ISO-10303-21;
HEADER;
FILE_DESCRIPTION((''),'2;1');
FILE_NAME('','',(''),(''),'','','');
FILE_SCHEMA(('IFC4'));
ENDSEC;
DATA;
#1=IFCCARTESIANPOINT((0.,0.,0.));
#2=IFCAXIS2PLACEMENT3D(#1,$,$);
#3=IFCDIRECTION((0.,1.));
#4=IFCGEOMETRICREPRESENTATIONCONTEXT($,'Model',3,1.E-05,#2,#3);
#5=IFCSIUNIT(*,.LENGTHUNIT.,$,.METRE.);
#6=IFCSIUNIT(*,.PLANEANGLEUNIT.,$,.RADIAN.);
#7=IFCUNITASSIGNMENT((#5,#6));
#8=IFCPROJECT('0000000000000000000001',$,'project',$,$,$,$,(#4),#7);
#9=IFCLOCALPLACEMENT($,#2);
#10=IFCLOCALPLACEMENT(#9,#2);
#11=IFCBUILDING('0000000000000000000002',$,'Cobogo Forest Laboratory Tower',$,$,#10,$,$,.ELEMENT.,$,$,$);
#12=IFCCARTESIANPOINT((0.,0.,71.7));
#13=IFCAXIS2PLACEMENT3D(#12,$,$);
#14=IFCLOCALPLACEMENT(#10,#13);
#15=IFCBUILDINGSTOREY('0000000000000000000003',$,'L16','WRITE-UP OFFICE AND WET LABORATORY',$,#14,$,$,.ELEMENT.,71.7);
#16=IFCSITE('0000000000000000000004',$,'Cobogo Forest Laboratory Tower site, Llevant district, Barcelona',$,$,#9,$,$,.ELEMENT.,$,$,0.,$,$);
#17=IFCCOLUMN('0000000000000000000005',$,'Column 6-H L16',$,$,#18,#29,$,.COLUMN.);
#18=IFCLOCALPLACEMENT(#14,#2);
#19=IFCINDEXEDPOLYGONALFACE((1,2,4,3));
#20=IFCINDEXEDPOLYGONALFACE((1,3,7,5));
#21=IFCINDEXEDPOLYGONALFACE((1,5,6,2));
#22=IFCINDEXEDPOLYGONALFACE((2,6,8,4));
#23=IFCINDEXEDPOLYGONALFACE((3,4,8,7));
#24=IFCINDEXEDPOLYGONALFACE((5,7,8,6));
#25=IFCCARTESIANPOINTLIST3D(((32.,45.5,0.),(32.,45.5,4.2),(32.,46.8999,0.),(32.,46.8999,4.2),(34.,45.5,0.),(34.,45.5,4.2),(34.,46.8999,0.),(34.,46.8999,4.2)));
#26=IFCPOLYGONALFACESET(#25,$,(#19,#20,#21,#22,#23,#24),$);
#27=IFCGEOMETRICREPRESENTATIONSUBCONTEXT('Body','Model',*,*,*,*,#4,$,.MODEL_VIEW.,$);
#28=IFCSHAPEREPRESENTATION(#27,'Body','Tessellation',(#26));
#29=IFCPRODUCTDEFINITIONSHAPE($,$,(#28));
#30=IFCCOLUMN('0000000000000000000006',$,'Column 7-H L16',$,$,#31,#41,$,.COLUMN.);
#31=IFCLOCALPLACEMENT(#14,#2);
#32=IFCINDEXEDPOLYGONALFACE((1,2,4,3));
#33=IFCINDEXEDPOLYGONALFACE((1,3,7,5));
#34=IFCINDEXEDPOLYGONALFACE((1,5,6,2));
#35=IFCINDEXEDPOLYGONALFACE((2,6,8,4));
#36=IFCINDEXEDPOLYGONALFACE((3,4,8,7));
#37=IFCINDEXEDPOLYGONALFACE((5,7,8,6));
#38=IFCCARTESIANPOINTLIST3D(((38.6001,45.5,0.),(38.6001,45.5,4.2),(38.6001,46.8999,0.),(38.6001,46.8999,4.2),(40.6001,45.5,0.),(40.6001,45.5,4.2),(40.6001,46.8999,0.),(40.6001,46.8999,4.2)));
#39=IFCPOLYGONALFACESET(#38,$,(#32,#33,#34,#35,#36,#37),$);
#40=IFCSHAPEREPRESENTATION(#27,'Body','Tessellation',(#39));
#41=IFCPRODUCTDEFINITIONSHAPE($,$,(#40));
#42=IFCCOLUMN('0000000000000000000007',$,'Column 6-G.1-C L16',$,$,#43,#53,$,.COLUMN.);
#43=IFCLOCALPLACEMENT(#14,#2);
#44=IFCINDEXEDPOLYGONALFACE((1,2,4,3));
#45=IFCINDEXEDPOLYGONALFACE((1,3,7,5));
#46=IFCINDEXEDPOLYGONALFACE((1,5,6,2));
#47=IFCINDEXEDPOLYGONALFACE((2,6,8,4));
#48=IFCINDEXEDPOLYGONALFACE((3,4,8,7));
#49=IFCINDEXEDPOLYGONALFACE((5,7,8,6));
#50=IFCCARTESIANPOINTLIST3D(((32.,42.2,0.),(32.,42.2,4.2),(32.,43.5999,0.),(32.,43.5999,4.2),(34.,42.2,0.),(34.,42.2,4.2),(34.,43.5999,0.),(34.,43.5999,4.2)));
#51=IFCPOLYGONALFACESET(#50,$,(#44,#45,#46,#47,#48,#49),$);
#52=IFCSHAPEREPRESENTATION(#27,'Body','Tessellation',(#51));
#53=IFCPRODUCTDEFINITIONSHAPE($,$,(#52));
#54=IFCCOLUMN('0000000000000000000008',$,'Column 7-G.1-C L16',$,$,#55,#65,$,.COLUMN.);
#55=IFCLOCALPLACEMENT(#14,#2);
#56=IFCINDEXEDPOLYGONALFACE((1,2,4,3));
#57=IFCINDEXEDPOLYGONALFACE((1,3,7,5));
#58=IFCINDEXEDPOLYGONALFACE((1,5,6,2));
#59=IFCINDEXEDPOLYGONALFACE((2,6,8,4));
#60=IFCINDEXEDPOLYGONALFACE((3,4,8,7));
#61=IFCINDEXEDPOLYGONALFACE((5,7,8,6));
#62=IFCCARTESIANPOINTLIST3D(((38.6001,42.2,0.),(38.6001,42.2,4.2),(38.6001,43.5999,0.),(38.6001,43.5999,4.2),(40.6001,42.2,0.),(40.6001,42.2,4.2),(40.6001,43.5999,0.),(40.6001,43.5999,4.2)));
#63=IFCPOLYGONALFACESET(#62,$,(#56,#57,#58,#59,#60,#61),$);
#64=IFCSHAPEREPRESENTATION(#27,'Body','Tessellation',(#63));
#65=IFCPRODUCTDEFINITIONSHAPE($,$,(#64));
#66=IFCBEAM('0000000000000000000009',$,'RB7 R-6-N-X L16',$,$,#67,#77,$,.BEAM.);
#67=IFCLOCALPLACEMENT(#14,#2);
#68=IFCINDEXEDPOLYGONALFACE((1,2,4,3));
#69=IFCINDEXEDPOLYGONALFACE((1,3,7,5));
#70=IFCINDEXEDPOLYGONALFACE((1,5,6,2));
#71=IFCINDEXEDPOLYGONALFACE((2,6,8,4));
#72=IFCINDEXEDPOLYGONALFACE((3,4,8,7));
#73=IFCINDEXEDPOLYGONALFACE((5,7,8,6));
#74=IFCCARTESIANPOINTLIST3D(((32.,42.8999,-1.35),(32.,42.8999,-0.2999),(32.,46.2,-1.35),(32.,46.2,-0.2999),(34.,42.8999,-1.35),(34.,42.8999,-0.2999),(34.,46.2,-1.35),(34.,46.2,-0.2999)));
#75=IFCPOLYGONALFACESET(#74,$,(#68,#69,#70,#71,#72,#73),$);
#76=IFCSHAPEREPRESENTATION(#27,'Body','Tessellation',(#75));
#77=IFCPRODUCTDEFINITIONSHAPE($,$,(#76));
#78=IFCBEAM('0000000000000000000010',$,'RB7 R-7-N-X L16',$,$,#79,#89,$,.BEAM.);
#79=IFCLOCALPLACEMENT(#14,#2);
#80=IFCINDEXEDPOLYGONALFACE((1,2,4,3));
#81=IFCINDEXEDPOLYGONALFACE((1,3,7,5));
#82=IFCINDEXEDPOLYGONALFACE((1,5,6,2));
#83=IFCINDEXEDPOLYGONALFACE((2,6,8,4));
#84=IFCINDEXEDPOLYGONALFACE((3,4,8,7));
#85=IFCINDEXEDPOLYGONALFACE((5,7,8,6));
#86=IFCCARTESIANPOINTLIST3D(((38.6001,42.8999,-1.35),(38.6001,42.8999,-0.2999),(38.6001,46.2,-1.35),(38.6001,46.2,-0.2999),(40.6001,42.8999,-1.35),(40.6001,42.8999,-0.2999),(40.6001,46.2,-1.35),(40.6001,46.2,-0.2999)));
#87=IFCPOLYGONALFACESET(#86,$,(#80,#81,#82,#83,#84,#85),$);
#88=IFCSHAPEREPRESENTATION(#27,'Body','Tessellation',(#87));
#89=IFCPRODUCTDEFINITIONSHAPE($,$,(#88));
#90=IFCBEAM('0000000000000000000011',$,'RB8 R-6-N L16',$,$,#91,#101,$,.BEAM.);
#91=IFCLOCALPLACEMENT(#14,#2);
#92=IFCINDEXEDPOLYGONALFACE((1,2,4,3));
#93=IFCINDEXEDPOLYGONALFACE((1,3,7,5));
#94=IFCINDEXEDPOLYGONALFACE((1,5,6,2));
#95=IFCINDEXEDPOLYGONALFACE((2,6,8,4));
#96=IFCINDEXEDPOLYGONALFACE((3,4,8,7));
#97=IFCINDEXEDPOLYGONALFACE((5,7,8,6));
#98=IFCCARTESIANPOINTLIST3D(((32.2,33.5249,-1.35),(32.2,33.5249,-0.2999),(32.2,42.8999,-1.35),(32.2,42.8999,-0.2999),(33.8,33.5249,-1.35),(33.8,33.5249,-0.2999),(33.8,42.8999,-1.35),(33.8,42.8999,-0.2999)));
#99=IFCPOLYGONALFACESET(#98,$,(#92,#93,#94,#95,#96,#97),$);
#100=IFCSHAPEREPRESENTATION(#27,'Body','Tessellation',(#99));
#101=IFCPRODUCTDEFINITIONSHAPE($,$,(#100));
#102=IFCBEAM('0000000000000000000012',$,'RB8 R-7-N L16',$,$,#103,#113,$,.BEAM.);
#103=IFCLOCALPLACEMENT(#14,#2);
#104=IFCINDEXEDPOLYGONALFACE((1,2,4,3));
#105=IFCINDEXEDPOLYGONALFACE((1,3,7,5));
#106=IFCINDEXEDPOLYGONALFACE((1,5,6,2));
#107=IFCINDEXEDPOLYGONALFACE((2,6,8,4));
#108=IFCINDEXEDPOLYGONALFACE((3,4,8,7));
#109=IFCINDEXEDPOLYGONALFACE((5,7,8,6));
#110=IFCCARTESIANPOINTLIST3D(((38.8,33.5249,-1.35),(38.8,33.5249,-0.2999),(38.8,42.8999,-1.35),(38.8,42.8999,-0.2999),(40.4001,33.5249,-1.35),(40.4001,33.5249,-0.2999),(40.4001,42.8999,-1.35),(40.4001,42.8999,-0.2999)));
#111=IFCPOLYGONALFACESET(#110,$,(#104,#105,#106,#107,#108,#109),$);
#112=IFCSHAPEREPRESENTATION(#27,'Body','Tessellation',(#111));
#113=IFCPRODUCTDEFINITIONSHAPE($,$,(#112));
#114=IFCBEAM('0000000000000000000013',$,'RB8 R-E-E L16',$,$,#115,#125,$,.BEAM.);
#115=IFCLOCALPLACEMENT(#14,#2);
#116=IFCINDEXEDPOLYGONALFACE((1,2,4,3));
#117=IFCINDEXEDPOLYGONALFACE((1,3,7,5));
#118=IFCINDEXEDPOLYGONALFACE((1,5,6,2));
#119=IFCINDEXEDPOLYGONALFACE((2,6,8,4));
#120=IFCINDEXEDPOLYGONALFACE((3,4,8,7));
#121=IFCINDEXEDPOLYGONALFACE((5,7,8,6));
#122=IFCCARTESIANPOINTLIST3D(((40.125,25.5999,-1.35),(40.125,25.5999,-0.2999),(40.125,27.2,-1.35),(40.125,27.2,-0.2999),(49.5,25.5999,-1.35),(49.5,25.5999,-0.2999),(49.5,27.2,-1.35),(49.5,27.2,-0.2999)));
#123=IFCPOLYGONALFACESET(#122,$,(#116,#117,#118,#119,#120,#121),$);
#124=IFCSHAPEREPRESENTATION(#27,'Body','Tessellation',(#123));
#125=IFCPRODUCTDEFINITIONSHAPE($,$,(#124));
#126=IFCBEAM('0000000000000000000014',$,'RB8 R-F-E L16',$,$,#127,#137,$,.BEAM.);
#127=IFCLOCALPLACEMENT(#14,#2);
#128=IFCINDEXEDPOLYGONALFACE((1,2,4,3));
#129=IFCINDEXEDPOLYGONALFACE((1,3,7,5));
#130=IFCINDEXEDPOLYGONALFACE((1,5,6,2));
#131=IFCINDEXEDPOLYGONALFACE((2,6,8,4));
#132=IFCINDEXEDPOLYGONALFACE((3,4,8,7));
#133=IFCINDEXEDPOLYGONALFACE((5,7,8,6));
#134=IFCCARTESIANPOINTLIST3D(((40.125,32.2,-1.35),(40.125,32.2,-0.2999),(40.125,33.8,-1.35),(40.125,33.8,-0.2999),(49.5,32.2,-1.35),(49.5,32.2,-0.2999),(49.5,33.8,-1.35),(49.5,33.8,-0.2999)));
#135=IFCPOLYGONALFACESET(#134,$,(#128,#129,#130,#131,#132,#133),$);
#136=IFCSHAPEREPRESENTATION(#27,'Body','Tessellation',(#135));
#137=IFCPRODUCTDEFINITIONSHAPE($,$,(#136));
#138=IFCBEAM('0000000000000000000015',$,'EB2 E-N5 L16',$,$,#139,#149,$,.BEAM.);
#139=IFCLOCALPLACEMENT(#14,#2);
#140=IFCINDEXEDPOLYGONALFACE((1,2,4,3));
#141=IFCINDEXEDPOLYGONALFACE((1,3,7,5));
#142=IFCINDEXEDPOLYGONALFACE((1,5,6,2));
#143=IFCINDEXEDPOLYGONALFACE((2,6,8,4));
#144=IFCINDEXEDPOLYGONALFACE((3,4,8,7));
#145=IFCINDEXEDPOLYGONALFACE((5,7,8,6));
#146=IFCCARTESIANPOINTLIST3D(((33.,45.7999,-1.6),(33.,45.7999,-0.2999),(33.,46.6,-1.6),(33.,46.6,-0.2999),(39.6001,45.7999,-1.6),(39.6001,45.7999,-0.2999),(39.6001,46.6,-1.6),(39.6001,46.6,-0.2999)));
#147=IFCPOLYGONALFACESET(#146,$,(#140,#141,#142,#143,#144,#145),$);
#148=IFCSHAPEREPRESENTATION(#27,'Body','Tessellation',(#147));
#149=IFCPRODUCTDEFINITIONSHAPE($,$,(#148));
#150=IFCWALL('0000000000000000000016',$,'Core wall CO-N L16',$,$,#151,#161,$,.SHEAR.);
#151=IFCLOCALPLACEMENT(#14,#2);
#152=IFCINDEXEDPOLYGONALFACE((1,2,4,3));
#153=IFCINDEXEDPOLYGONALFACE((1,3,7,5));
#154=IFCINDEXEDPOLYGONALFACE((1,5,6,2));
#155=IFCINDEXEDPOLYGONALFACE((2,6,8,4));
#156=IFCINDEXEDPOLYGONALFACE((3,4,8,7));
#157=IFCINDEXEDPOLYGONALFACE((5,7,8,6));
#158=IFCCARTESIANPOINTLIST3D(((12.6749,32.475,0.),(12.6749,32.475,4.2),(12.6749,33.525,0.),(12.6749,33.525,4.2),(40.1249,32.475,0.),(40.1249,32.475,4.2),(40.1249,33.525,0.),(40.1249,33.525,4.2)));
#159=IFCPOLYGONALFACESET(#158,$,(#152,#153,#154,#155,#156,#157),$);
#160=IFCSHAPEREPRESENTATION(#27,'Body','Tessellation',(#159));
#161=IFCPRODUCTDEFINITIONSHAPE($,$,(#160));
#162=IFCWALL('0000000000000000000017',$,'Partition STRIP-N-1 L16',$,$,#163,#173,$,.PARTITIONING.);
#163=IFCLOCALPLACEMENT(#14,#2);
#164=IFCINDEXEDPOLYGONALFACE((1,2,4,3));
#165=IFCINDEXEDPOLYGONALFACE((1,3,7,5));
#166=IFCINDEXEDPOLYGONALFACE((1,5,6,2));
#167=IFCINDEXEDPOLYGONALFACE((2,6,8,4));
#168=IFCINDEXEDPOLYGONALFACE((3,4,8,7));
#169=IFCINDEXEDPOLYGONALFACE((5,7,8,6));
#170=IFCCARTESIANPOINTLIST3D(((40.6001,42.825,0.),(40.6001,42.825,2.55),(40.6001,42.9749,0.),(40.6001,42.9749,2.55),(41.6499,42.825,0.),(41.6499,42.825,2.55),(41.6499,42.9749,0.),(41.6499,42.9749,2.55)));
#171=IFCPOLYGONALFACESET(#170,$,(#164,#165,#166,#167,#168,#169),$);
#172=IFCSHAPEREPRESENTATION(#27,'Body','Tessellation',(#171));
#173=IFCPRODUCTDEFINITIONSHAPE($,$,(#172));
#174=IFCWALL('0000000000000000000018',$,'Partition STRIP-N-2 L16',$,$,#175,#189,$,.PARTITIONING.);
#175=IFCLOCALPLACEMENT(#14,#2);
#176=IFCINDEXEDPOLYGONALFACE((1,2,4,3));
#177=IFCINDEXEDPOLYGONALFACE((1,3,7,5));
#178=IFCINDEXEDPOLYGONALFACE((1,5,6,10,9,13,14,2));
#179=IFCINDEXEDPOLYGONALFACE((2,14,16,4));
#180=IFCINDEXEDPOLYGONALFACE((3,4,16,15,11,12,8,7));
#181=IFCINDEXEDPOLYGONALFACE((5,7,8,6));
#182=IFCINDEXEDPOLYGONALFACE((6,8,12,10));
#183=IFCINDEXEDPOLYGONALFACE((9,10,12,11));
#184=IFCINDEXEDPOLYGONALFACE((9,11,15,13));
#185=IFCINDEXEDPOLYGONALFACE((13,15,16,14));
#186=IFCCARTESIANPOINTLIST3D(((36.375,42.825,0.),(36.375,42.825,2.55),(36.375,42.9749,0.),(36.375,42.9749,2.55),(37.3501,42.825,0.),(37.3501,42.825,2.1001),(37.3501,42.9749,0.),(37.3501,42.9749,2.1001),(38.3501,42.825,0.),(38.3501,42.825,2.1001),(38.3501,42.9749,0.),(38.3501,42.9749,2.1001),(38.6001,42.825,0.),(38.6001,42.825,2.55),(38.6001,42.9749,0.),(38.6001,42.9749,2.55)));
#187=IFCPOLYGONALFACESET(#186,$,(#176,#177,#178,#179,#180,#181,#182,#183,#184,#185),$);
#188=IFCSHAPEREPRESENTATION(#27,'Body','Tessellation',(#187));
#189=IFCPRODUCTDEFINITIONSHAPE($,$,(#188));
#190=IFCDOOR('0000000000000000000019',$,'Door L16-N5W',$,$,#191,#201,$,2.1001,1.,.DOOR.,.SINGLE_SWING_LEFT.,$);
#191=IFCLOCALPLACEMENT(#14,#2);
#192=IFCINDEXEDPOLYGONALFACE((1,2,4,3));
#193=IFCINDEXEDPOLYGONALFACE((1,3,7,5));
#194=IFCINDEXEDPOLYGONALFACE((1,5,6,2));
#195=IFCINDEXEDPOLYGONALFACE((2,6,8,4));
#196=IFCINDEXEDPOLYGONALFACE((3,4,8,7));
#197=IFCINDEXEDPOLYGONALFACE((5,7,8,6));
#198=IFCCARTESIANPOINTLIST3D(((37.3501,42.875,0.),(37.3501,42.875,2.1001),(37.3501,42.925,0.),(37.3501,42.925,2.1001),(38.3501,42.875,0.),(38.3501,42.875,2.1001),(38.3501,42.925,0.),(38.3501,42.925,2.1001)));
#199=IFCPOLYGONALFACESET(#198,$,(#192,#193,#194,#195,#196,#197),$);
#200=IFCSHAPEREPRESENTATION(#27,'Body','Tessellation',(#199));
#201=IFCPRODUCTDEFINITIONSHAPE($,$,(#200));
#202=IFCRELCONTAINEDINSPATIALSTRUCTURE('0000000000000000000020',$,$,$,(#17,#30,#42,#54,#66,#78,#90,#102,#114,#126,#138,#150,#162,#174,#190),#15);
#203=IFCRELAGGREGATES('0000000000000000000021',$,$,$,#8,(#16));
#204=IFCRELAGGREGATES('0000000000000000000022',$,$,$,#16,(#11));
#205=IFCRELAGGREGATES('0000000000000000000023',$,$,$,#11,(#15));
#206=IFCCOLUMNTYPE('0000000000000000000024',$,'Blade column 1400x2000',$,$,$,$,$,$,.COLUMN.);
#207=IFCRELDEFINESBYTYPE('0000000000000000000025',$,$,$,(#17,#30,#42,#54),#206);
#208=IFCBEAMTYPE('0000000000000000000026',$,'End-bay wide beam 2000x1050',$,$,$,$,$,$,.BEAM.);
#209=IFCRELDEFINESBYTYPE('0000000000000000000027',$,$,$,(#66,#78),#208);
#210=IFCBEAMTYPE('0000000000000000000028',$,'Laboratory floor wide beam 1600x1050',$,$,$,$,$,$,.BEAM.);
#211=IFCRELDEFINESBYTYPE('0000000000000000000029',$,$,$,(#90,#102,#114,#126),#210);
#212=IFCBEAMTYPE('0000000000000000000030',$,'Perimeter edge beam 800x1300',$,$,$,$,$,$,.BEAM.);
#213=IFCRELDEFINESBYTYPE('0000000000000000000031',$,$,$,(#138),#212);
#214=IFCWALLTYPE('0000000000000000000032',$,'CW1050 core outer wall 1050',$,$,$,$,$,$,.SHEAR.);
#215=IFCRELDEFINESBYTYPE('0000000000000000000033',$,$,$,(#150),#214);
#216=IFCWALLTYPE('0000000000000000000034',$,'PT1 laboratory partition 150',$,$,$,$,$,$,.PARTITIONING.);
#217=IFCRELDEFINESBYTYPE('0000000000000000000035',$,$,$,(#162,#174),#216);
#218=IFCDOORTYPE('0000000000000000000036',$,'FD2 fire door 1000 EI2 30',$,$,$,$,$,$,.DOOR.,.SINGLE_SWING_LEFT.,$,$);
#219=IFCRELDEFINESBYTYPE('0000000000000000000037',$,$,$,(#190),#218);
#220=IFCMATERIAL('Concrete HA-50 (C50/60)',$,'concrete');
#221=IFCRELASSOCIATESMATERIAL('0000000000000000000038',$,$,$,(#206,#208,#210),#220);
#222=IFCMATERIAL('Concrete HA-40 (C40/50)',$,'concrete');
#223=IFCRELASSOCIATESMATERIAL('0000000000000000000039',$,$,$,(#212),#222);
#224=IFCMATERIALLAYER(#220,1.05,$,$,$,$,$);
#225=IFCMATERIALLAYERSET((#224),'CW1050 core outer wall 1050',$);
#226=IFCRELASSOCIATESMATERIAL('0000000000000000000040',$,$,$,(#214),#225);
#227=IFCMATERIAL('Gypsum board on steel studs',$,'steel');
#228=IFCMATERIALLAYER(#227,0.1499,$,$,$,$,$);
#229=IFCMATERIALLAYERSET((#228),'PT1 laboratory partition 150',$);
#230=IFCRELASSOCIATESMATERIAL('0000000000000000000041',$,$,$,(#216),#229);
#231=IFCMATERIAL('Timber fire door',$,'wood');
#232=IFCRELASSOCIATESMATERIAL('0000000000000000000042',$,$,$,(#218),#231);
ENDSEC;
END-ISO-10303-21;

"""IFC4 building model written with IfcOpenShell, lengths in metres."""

from ifc_helpers import new_model, si_unit, direction, frame, frame_2d, origin, origin_2d, place, context, subcontext, project, spatial, rectangle, extrude, material, layer, layer_set, material_profile, profile_set, type_object, element, fill, save


model = new_model("IFC4")

# Units and contexts
model_context = context("Model", 3, precision=1e-05, world=origin(), true_north=direction((0.0, 1.0)))
body_context = subcontext(model_context, "Body", "Model", "MODEL_VIEW")
ifc_project = project(units=[si_unit("LENGTHUNIT", "METRE"), si_unit("PLANEANGLEUNIT", "RADIAN")], contexts=[model_context])

# Site, building, storey
site_placement = place(None, origin())
site = spatial("IfcSite", under=ifc_project, at=site_placement, Name="Cobogo Forest Laboratory Tower site, Llevant district, Barcelona", CompositionType="ELEMENT", RefElevation=0.0)
building_placement = place(site_placement, origin())
building = spatial("IfcBuilding", under=site, at=building_placement, Name="Cobogo Forest Laboratory Tower", CompositionType="ELEMENT")
storey_placement = place(building_placement, frame((0.0, 0.0, 71.7)))
storey = spatial("IfcBuildingStorey", under=building, at=storey_placement, Name="L16", Description="WRITE-UP OFFICE AND WET LABORATORY", CompositionType="ELEMENT", Elevation=71.7)

# Columns
ifc_material_1 = material(Name="Concrete HA-50 (C50/60)", Category="concrete")
ifc_material_profile_1 = material_profile(ifc_material_1, rectangle(XDim=2.0, YDim=1.3999, at=origin_2d()), Name="RC 1400x2000")
ifc_profile_set_1 = profile_set([ifc_material_profile_1], Name="Concrete HA-50 (C50/60)")
column_type = type_object("IfcColumnType", Name="Blade column 1400x2000", PredefinedType="COLUMN", material=ifc_profile_set_1)
for number, where, z_axis, x_axis, name in (
    (1, (33.0, 46.2, 0.0), (0.0, 0.0, 1.0), (1.0, 0.0, 0.0), "Column 6-H L16"),
    (2, (39.6001, 46.2, 0.0), (0.0, 0.0, 1.0), (1.0, 0.0, 0.0), "Column 7-H L16"),
    (3, (33.0, 42.8999, 0.0), (0.0, 0.0, 1.0), (1.0, 0.0, 0.0), "Column 6-G.1-C L16"),
    (4, (39.6001, 42.8999, 0.0), (0.0, 0.0, 1.0), (1.0, 0.0, 0.0), "Column 7-G.1-C L16"),
):
    element("IfcColumn", number, at=place(storey_placement, frame(where, z_axis=z_axis, x_axis=x_axis)), inside=storey, type_object=column_type, Name=name, PredefinedType="COLUMN", context=body_context, shape_type="SweptSolid", body=[
        extrude(rectangle(XDim=2.0, YDim=1.3999, at=origin_2d()), origin(), (0.0, 0.0, 1.0), 4.2),
    ])

# Beams
ifc_material_profile_2 = material_profile(ifc_material_1, rectangle(XDim=2.0, YDim=1.05, at=origin_2d()), Name="RC 2000x1050")
ifc_profile_set_2 = profile_set([ifc_material_profile_2], Name="Concrete HA-50 (C50/60)")
beam_type_1 = type_object("IfcBeamType", Name="End-bay wide beam 2000x1050", PredefinedType="BEAM", material=ifc_profile_set_2)
for number, where, z_axis, x_axis, name in (
    (5, (33.0, 46.2, -0.825), (0.0, -1.0, 0.0), (1.0, 0.0, 0.0), "RB7 R-6-N-X L16"),
    (6, (39.6001, 46.2, -0.825), (0.0, -1.0, 0.0), (1.0, 0.0, 0.0), "RB7 R-7-N-X L16"),
):
    element("IfcBeam", number, at=place(storey_placement, frame(where, z_axis=z_axis, x_axis=x_axis)), inside=storey, type_object=beam_type_1, Name=name, PredefinedType="BEAM", context=body_context, shape_type="SweptSolid", body=[
        extrude(rectangle(XDim=2.0, YDim=1.05, at=origin_2d()), origin(), (0.0, 0.0, 1.0), 3.3),
    ])
ifc_material_profile_3 = material_profile(ifc_material_1, rectangle(XDim=1.6001, YDim=1.05, at=origin_2d()), Name="RC 1600x1050")
ifc_profile_set_3 = profile_set([ifc_material_profile_3], Name="Concrete HA-50 (C50/60)")
beam_type_2 = type_object("IfcBeamType", Name="Laboratory floor wide beam 1600x1050", PredefinedType="BEAM", material=ifc_profile_set_3)
for number, where, z_axis, x_axis, name in (
    (7, (33.0, 33.5249, -0.825), (0.0, 1.0, 0.0), (-1.0, 0.0, 0.0), "RB8 R-6-N L16"),
    (8, (39.6001, 33.5249, -0.825), (0.0, 1.0, 0.0), (-1.0, 0.0, 0.0), "RB8 R-7-N L16"),
    (9, (40.125, 26.3999, -0.825), (1.0, 0.0, 0.0), (0.0, 1.0, 0.0), "RB8 R-E-E L16"),
    (10, (40.125, 33.0, -0.825), (1.0, 0.0, 0.0), (0.0, 1.0, 0.0), "RB8 R-F-E L16"),
):
    element("IfcBeam", number, at=place(storey_placement, frame(where, z_axis=z_axis, x_axis=x_axis)), inside=storey, type_object=beam_type_2, Name=name, PredefinedType="BEAM", context=body_context, shape_type="SweptSolid", body=[
        extrude(rectangle(XDim=1.6001, YDim=1.05, at=origin_2d()), origin(), (0.0, 0.0, 1.0), 9.375),
    ])
ifc_material_2 = material(Name="Concrete HA-40 (C40/50)", Category="concrete")
ifc_material_profile_4 = material_profile(ifc_material_2, rectangle(XDim=0.8, YDim=1.3, at=origin_2d()), Name="RC 800x1300")
ifc_profile_set_4 = profile_set([ifc_material_profile_4], Name="Concrete HA-40 (C40/50)")
beam_type_3 = type_object("IfcBeamType", Name="Perimeter edge beam 800x1300", PredefinedType="BEAM", material=ifc_profile_set_4)
beam_placement = place(storey_placement, frame((33.0, 46.2, -0.95), z_axis=(1.0, 0.0, 0.0), x_axis=(0.0, 1.0, 0.0)))
element("IfcBeam", 11, at=beam_placement, inside=storey, type_object=beam_type_3, Name="EB2 E-N5 L16", PredefinedType="BEAM", context=body_context, shape_type="SweptSolid", body=[
    extrude(rectangle(XDim=0.8, YDim=1.3, at=origin_2d()), origin(), (0.0, 0.0, 1.0), 6.6001),
])

# Walls
ifc_layer_1 = layer(ifc_material_1, 1.05)
ifc_layer_set_1 = layer_set([ifc_layer_1], Name="CW1050 core outer wall 1050")
wall_type_1 = type_object("IfcWallType", Name="CW1050 core outer wall 1050", PredefinedType="SHEAR", material=ifc_layer_set_1)
wall_1_placement = place(storey_placement, frame((40.125, 33.0, 0.0), z_axis=(0.0, 0.0, 1.0), x_axis=(-1.0, 0.0, 0.0)))
element("IfcWall", 12, at=wall_1_placement, inside=storey, type_object=wall_type_1, Name="Core wall CO-N L16", PredefinedType="SHEAR", context=body_context, shape_type="SweptSolid", body=[
    extrude(rectangle(XDim=27.45, YDim=1.05, at=frame_2d((13.7251, 0.0))), origin(), (0.0, 0.0, 1.0), 4.2),
])
ifc_material_3 = material(Name="Gypsum board on steel studs", Category="steel")
ifc_layer_2 = layer(ifc_material_3, 0.1499)
ifc_layer_set_2 = layer_set([ifc_layer_2], Name="PT1 laboratory partition 150")
wall_type_2 = type_object("IfcWallType", Name="PT1 laboratory partition 150", PredefinedType="PARTITIONING", material=ifc_layer_set_2)
wall_2_placement = place(storey_placement, frame((41.6499, 42.8999, 0.0), z_axis=(0.0, 0.0, 1.0), x_axis=(-1.0, 0.0, 0.0)))
element("IfcWall", 13, at=wall_2_placement, inside=storey, type_object=wall_type_2, Name="Partition STRIP-N-1 L16", PredefinedType="PARTITIONING", context=body_context, shape_type="SweptSolid", body=[
    extrude(rectangle(XDim=1.0498, YDim=0.1499, at=frame_2d((0.5249, 0.0))), origin(), (0.0, 0.0, 1.0), 2.55),
])

# Wall, opening, door
wall_3_placement = place(storey_placement, frame((38.6001, 42.8999, 0.0), z_axis=(0.0, 0.0, 1.0), x_axis=(-1.0, 0.0, 0.0)))
wall_3 = element("IfcWall", 14, at=wall_3_placement, inside=storey, type_object=wall_type_2, Name="Partition STRIP-N-2 L16", PredefinedType="PARTITIONING", context=body_context, shape_type="SweptSolid", body=[
    extrude(rectangle(XDim=2.2251, YDim=0.1499, at=frame_2d((1.1125, 0.0))), origin(), (0.0, 0.0, 1.0), 2.55),
])
opening_placement = place(wall_3_placement, frame((0.25, 0.0, 0.0)))
opening = element("IfcOpeningElement", 15, at=opening_placement, cuts=wall_3, PredefinedType="OPENING", context=body_context, shape_type="SweptSolid", body=[
    extrude(rectangle(XDim=1.0, YDim=2.1001, at=frame_2d((0.5, 1.05))), frame((0.0, 0.085, 0.0), z_axis=(0.0, -1.0, 0.0), x_axis=(1.0, 0.0, 0.0)), (0.0, 0.0, 1.0), 0.1699),
])
ifc_material_4 = material(Name="Timber fire door", Category="wood")
door_type = type_object("IfcDoorType", Name="FD2 fire door 1000 EI2 30", OperationType="SINGLE_SWING_LEFT", PredefinedType="DOOR", material=ifc_material_4)
door_placement = place(opening_placement, origin())
door = element("IfcDoor", 16, at=door_placement, inside=storey, type_object=door_type, Name="Door L16-N5W", OperationType="SINGLE_SWING_LEFT", OverallHeight=2.1001, OverallWidth=1.0, PredefinedType="DOOR", context=body_context, shape_type="SweptSolid", body=[
    extrude(rectangle(XDim=1.0, YDim=2.1001, at=frame_2d((0.5, 1.05))), frame((0.0, 0.0249, 0.0), z_axis=(0.0, -1.0, 0.0), x_axis=(1.0, 0.0, 0.0)), (0.0, 0.0, 1.0), 0.05),
])
fill(opening, door)

save(model, "model.ifc")
